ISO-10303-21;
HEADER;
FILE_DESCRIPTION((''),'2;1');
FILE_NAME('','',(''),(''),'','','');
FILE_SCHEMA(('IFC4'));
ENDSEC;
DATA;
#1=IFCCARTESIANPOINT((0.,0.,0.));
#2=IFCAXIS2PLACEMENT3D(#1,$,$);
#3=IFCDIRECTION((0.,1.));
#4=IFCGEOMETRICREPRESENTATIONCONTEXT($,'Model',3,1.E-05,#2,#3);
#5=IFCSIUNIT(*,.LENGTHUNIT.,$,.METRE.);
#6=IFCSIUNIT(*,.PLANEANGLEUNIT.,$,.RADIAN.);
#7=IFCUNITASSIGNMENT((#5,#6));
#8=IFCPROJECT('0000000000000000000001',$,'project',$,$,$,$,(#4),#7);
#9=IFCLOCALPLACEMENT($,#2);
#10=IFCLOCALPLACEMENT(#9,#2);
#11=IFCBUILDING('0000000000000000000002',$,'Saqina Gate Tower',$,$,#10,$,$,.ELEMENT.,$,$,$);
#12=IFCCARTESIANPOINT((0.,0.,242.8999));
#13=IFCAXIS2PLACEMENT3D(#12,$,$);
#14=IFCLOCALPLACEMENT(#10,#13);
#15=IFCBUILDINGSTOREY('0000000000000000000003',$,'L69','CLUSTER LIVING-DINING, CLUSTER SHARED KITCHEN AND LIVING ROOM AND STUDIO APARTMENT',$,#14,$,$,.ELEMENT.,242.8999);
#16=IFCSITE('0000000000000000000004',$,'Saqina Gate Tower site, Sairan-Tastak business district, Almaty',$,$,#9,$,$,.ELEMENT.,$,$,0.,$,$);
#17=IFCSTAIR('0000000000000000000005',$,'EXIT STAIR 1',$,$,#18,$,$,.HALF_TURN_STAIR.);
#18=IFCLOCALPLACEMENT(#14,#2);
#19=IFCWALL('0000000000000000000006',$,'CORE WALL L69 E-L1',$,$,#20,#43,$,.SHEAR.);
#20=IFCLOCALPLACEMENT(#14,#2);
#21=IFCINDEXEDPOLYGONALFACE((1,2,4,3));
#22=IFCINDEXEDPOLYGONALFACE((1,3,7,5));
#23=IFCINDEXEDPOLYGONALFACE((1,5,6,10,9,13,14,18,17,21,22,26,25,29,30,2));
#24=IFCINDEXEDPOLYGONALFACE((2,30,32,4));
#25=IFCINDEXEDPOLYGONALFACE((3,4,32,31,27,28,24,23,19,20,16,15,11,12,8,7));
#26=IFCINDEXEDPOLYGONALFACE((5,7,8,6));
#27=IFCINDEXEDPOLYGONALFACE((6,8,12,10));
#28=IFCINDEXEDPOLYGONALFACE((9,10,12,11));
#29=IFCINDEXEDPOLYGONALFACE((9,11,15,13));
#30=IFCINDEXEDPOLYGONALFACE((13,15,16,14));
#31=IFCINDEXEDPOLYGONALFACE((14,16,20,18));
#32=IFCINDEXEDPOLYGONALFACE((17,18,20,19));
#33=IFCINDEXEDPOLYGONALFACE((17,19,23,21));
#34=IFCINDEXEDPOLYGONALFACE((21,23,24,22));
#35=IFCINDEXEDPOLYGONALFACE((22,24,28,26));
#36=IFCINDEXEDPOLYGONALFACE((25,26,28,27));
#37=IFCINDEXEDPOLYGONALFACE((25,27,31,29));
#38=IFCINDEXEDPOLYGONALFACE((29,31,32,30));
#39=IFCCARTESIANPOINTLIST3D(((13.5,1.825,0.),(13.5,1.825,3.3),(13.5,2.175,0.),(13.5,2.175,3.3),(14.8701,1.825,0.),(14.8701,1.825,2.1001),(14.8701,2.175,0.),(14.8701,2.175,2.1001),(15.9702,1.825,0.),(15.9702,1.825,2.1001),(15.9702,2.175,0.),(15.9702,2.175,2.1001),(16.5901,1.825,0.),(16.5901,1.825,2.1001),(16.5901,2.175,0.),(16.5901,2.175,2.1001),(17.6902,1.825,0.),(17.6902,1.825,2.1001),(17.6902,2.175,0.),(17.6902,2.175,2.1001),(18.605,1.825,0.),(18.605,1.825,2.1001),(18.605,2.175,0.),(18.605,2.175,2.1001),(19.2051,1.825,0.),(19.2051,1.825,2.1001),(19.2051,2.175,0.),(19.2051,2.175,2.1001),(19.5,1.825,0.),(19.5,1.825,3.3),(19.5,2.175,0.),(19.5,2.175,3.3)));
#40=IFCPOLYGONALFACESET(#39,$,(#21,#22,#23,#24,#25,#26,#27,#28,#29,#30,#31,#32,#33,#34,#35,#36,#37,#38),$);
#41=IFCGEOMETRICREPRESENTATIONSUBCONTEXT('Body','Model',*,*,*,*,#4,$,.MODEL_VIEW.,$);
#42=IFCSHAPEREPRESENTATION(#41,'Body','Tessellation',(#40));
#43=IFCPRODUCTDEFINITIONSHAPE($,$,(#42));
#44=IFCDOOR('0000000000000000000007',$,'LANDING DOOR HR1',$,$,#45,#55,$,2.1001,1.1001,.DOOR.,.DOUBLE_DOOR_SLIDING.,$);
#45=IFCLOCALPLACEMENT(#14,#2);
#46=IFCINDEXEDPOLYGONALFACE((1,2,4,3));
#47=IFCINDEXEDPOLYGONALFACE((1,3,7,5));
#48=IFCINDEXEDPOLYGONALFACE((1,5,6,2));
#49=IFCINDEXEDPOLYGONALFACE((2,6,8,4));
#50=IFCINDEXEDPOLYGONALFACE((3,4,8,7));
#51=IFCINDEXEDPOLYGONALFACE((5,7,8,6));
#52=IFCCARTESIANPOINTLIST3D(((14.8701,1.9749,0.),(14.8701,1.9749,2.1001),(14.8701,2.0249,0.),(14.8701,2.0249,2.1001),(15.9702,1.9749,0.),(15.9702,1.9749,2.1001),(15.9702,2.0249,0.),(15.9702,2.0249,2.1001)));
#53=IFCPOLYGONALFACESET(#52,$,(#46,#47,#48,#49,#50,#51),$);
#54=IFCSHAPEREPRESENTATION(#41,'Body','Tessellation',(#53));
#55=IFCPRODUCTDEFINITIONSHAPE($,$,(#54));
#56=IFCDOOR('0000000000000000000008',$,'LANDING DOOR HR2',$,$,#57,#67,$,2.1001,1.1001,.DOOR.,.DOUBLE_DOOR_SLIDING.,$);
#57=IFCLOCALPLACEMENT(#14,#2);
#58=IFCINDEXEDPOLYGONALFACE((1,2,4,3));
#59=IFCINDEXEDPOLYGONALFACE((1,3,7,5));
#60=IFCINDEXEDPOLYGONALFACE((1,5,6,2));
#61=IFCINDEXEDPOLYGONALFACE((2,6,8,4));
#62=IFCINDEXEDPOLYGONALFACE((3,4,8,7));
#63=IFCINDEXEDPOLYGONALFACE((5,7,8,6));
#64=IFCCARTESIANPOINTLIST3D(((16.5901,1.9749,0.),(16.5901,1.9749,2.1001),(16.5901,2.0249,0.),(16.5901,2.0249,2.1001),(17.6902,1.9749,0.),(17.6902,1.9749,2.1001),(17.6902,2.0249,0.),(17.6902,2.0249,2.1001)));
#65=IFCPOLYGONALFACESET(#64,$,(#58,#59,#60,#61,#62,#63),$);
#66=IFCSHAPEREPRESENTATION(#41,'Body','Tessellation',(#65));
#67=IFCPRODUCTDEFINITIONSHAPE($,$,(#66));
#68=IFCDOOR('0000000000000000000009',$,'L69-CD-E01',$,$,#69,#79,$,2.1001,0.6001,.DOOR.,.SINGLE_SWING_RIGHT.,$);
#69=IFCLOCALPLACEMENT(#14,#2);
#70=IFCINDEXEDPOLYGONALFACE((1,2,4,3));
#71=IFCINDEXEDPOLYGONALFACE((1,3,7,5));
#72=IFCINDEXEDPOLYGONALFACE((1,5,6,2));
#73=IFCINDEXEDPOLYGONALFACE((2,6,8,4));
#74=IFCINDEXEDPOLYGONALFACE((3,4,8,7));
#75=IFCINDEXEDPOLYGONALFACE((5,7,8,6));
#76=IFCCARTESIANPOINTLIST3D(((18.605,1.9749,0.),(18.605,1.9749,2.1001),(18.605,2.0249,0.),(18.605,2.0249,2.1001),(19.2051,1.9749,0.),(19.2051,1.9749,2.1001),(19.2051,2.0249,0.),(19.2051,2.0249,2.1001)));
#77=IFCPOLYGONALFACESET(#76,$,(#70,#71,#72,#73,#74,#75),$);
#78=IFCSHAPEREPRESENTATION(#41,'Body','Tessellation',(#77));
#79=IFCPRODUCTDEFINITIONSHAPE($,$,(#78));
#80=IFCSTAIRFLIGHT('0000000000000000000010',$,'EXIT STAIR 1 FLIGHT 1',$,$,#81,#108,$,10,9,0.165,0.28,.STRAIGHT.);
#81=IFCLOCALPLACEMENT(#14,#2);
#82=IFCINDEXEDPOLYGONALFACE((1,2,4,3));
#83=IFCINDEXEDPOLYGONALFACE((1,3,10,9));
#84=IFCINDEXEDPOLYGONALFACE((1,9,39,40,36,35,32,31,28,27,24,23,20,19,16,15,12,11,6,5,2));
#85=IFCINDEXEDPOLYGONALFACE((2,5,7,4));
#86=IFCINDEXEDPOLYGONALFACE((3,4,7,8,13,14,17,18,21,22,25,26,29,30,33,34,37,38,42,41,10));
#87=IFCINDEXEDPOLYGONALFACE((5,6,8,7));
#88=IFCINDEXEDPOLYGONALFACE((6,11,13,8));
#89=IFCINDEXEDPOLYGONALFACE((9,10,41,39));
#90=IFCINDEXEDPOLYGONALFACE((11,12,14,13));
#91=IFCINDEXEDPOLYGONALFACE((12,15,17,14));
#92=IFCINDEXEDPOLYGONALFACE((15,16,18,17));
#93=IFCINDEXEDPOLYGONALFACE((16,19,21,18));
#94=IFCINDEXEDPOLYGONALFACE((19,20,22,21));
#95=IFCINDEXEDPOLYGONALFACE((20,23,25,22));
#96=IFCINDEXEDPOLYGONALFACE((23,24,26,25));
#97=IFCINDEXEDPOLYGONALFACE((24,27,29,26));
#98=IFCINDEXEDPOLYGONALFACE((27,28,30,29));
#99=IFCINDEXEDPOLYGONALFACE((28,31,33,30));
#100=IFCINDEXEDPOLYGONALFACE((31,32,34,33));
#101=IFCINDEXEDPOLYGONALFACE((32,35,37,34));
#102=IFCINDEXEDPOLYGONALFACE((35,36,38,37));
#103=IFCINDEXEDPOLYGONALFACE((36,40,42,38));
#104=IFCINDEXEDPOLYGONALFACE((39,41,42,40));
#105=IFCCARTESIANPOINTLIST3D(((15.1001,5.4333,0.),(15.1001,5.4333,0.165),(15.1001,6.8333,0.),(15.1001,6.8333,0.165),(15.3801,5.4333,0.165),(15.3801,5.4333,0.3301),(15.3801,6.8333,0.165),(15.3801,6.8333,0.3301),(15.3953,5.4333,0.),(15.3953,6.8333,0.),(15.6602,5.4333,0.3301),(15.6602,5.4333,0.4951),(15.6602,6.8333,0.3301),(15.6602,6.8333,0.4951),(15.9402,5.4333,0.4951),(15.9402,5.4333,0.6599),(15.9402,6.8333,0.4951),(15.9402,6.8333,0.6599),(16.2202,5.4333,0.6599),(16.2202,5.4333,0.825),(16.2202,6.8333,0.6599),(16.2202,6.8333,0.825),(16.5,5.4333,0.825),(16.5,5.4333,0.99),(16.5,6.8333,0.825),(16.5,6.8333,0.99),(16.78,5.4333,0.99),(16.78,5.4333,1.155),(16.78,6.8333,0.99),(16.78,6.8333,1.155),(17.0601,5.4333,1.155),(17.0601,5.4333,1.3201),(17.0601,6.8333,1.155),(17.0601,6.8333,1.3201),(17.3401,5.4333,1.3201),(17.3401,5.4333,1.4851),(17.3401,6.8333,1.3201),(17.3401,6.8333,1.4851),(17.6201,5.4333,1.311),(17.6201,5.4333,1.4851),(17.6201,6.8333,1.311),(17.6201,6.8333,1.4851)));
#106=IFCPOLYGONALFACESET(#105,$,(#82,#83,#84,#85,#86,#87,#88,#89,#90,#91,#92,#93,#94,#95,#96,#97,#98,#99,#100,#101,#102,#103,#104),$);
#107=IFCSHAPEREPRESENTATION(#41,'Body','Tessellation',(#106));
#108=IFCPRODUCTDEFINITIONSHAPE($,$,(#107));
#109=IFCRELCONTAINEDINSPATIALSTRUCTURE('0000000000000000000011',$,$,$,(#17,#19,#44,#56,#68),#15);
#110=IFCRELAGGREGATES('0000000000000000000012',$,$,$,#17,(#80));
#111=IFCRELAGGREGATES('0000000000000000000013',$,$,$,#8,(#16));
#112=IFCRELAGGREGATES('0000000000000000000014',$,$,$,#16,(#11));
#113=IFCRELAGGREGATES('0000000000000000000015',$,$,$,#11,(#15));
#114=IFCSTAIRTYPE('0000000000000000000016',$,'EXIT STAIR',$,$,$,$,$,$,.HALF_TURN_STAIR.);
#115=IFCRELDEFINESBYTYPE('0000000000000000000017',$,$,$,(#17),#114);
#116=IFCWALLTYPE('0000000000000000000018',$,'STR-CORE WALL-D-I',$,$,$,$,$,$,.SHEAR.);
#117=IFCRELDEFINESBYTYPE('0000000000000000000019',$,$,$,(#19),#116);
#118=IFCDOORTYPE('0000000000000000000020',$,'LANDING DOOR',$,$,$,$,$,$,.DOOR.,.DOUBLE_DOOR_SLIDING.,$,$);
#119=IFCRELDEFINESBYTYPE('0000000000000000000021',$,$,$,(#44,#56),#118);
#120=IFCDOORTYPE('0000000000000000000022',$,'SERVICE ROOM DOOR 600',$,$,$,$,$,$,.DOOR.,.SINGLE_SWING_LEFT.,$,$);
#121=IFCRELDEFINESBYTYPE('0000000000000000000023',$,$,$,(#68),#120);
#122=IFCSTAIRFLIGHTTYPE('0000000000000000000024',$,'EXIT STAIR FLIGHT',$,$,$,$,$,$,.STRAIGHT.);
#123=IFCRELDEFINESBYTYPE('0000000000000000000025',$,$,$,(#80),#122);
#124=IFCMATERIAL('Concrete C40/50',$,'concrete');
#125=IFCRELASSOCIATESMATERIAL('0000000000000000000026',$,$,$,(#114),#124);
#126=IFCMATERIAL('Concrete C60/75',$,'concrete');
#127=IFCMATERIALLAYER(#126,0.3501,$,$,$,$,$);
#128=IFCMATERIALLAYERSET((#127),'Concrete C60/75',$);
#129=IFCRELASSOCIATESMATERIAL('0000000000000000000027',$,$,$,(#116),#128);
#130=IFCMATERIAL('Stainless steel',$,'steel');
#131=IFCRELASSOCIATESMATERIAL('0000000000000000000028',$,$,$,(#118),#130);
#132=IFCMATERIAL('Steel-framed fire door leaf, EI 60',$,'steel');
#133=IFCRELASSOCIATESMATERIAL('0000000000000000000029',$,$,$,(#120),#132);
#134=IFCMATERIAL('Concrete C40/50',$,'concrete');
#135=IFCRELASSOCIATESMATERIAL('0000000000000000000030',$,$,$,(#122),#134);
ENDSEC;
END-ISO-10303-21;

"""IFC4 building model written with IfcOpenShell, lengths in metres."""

from ifc_helpers import new_model, si_unit, direction, frame, frame_2d, origin, place, context, subcontext, project, spatial, polyline, rectangle, outline, extrude, material, layer, layer_set, type_object, element, fill, aggregate, save


model = new_model("IFC4")

# Units and contexts
model_context = context("Model", 3, precision=1e-05, world=origin(), true_north=direction((0.0, 1.0)))
body_context = subcontext(model_context, "Body", "Model", "MODEL_VIEW")
ifc_project = project(units=[si_unit("LENGTHUNIT", "METRE"), si_unit("PLANEANGLEUNIT", "RADIAN")], contexts=[model_context])

# Site, building, storey
site_placement = place(None, origin())
site = spatial("IfcSite", under=ifc_project, at=site_placement, Name="Saqina Gate Tower site, Sairan-Tastak business district, Almaty", CompositionType="ELEMENT", RefElevation=0.0)
building_placement = place(site_placement, origin())
building = spatial("IfcBuilding", under=site, at=building_placement, Name="Saqina Gate Tower", CompositionType="ELEMENT")
storey_placement = place(building_placement, frame((0.0, 0.0, 242.8999)))
storey = spatial("IfcBuildingStorey", under=building, at=storey_placement, Name="L69", Description="CLUSTER LIVING-DINING, CLUSTER SHARED KITCHEN AND LIVING ROOM AND STUDIO APARTMENT", CompositionType="ELEMENT", Elevation=242.8999)

# Stair
ifc_material_1 = material(Name="Concrete C40/50", Category="concrete")
stair_type = type_object("IfcStairType", Name="EXIT STAIR", PredefinedType="HALF_TURN_STAIR", material=ifc_material_1)
stair_1_placement = place(storey_placement, origin())
stair_1 = element("IfcStair", 1, at=stair_1_placement, inside=storey, type_object=stair_type, Name="EXIT STAIR 1", PredefinedType="HALF_TURN_STAIR")

# Shared definitions
ifc_material_2 = material(Name="Concrete C60/75", Category="concrete")
ifc_layer_1 = layer(ifc_material_2, 0.3501)
ifc_layer_set_1 = layer_set([ifc_layer_1], Name="Concrete C60/75")
wall_type_1 = type_object("IfcWallType", Name="STR-CORE WALL-D-I", PredefinedType="SHEAR", material=ifc_layer_set_1)

# Wall, openings, doors
wall_1_placement = place(storey_placement, frame((13.5, 2.0, 0.0), z_axis=(0.0, 0.0, 1.0), x_axis=(1.0, 0.0, 0.0)))
wall_1 = element("IfcWall", 2, at=wall_1_placement, inside=storey, type_object=wall_type_1, Name="CORE WALL L69 E-L1", PredefinedType="SHEAR", context=body_context, shape_type="SweptSolid", body=[
    extrude(rectangle(XDim=6.0, YDim=0.3501, at=frame_2d((3.0, 0.0))), origin(), (0.0, 0.0, 1.0), 3.3),
])
opening_1_placement = place(wall_1_placement, frame((1.3701, 0.0, 0.0)))
opening_1 = element("IfcOpeningElement", 3, at=opening_1_placement, cuts=wall_1, PredefinedType="OPENING", context=body_context, shape_type="SweptSolid", body=[
    extrude(rectangle(XDim=1.1001, YDim=2.1001, at=frame_2d((0.55, 1.05))), frame((0.0, 0.187, 0.0), z_axis=(0.0, -1.0, 0.0), x_axis=(1.0, 0.0, 0.0)), (0.0, 0.0, 1.0), 0.374),
])
opening_2_placement = place(wall_1_placement, frame((3.0901, 0.0, 0.0)))
opening_2 = element("IfcOpeningElement", 4, at=opening_2_placement, cuts=wall_1, PredefinedType="OPENING", context=body_context, shape_type="SweptSolid", body=[
    extrude(rectangle(XDim=1.1001, YDim=2.1001, at=frame_2d((0.55, 1.05))), frame((0.0, 0.187, 0.0), z_axis=(0.0, -1.0, 0.0), x_axis=(1.0, 0.0, 0.0)), (0.0, 0.0, 1.0), 0.374),
])
opening_3_placement = place(wall_1_placement, frame((5.105, 0.0, 0.0)))
opening_3 = element("IfcOpeningElement", 5, at=opening_3_placement, cuts=wall_1, PredefinedType="OPENING", context=body_context, shape_type="SweptSolid", body=[
    extrude(rectangle(XDim=0.6001, YDim=2.1001, at=frame_2d((0.3, 1.05))), frame((0.0, 0.187, 0.0), z_axis=(0.0, -1.0, 0.0), x_axis=(1.0, 0.0, 0.0)), (0.0, 0.0, 1.0), 0.374),
])
ifc_material_3 = material(Name="Stainless steel", Category="steel")
door_type_1 = type_object("IfcDoorType", Name="LANDING DOOR", OperationType="DOUBLE_DOOR_SLIDING", PredefinedType="DOOR", material=ifc_material_3)
door_1_placement = place(opening_1_placement, origin())
door_1 = element("IfcDoor", 6, at=door_1_placement, inside=storey, type_object=door_type_1, Name="LANDING DOOR HR1", OperationType="DOUBLE_DOOR_SLIDING", OverallHeight=2.1001, OverallWidth=1.1001, PredefinedType="DOOR", context=body_context, shape_type="SweptSolid", body=[
    extrude(rectangle(XDim=1.1001, YDim=2.1001, at=frame_2d((0.55, 1.05))), frame((0.0, 0.0249, 0.0), z_axis=(0.0, -1.0, 0.0), x_axis=(1.0, 0.0, 0.0)), (0.0, 0.0, 1.0), 0.05),
])
fill(opening_1, door_1)
door_2_placement = place(opening_2_placement, origin())
door_2 = element("IfcDoor", 7, at=door_2_placement, inside=storey, type_object=door_type_1, Name="LANDING DOOR HR2", OperationType="DOUBLE_DOOR_SLIDING", OverallHeight=2.1001, OverallWidth=1.1001, PredefinedType="DOOR", context=body_context, shape_type="SweptSolid", body=[
    extrude(rectangle(XDim=1.1001, YDim=2.1001, at=frame_2d((0.55, 1.05))), frame((0.0, 0.0249, 0.0), z_axis=(0.0, -1.0, 0.0), x_axis=(1.0, 0.0, 0.0)), (0.0, 0.0, 1.0), 0.05),
])
fill(opening_2, door_2)
ifc_material_4 = material(Name="Steel-framed fire door leaf, EI 60", Category="steel")
door_type_2 = type_object("IfcDoorType", Name="SERVICE ROOM DOOR 600", OperationType="SINGLE_SWING_LEFT", PredefinedType="DOOR", material=ifc_material_4)
door_3_placement = place(opening_3_placement, origin())
door_3 = element("IfcDoor", 8, at=door_3_placement, inside=storey, type_object=door_type_2, Name="L69-CD-E01", OperationType="SINGLE_SWING_RIGHT", OverallHeight=2.1001, OverallWidth=0.6001, PredefinedType="DOOR", context=body_context, shape_type="SweptSolid", body=[
    extrude(rectangle(XDim=0.6001, YDim=2.1001, at=frame_2d((0.3, 1.05))), frame((0.0, 0.0249, 0.0), z_axis=(0.0, -1.0, 0.0), x_axis=(1.0, 0.0, 0.0)), (0.0, 0.0, 1.0), 0.05),
])
fill(opening_3, door_3)

# Stair flight
ifc_material_5 = material(Name="Concrete C40/50", Category="concrete")
stair_flight_type = type_object("IfcStairFlightType", Name="EXIT STAIR FLIGHT", PredefinedType="STRAIGHT", material=ifc_material_5)
stair_flight_placement = place(storey_placement, frame((15.1001, 6.1333, 0.0), z_axis=(0.0, 0.0, 1.0), x_axis=(1.0, 0.0, 0.0)))
stair_flight = element("IfcStairFlight", 9, at=stair_flight_placement, type_object=stair_flight_type, Name="EXIT STAIR 1 FLIGHT 1", NumberOfRisers=10, NumberOfTreads=9, PredefinedType="STRAIGHT", RiserHeight=0.165, TreadLength=0.28, context=body_context, shape_type="SweptSolid", body=[
    extrude(outline(polyline([(0.0, 0.0), (0.0, 0.165), (0.28, 0.165), (0.28, 0.3301), (0.5601, 0.3301), (0.5601, 0.4951), (0.8401, 0.4951), (0.8401, 0.6599), (1.1201, 0.6599), (1.1201, 0.825), (1.3999, 0.825), (1.3999, 0.99), (1.6799, 0.99), (1.6799, 1.155), (1.96, 1.155), (1.96, 1.3201), (2.24, 1.3201), (2.24, 1.4851), (2.52, 1.4851), (2.52, 1.6499), (2.52, 1.311), (0.2952, 0.0), (0.0, 0.0)])), frame((0.0, 0.7, 0.0), z_axis=(0.0, -1.0, 0.0), x_axis=(1.0, 0.0, 0.0)), (0.0, 0.0, 1.0), 1.3999),
])
aggregate(stair_1, [stair_flight])

save(model, "model.ifc")
